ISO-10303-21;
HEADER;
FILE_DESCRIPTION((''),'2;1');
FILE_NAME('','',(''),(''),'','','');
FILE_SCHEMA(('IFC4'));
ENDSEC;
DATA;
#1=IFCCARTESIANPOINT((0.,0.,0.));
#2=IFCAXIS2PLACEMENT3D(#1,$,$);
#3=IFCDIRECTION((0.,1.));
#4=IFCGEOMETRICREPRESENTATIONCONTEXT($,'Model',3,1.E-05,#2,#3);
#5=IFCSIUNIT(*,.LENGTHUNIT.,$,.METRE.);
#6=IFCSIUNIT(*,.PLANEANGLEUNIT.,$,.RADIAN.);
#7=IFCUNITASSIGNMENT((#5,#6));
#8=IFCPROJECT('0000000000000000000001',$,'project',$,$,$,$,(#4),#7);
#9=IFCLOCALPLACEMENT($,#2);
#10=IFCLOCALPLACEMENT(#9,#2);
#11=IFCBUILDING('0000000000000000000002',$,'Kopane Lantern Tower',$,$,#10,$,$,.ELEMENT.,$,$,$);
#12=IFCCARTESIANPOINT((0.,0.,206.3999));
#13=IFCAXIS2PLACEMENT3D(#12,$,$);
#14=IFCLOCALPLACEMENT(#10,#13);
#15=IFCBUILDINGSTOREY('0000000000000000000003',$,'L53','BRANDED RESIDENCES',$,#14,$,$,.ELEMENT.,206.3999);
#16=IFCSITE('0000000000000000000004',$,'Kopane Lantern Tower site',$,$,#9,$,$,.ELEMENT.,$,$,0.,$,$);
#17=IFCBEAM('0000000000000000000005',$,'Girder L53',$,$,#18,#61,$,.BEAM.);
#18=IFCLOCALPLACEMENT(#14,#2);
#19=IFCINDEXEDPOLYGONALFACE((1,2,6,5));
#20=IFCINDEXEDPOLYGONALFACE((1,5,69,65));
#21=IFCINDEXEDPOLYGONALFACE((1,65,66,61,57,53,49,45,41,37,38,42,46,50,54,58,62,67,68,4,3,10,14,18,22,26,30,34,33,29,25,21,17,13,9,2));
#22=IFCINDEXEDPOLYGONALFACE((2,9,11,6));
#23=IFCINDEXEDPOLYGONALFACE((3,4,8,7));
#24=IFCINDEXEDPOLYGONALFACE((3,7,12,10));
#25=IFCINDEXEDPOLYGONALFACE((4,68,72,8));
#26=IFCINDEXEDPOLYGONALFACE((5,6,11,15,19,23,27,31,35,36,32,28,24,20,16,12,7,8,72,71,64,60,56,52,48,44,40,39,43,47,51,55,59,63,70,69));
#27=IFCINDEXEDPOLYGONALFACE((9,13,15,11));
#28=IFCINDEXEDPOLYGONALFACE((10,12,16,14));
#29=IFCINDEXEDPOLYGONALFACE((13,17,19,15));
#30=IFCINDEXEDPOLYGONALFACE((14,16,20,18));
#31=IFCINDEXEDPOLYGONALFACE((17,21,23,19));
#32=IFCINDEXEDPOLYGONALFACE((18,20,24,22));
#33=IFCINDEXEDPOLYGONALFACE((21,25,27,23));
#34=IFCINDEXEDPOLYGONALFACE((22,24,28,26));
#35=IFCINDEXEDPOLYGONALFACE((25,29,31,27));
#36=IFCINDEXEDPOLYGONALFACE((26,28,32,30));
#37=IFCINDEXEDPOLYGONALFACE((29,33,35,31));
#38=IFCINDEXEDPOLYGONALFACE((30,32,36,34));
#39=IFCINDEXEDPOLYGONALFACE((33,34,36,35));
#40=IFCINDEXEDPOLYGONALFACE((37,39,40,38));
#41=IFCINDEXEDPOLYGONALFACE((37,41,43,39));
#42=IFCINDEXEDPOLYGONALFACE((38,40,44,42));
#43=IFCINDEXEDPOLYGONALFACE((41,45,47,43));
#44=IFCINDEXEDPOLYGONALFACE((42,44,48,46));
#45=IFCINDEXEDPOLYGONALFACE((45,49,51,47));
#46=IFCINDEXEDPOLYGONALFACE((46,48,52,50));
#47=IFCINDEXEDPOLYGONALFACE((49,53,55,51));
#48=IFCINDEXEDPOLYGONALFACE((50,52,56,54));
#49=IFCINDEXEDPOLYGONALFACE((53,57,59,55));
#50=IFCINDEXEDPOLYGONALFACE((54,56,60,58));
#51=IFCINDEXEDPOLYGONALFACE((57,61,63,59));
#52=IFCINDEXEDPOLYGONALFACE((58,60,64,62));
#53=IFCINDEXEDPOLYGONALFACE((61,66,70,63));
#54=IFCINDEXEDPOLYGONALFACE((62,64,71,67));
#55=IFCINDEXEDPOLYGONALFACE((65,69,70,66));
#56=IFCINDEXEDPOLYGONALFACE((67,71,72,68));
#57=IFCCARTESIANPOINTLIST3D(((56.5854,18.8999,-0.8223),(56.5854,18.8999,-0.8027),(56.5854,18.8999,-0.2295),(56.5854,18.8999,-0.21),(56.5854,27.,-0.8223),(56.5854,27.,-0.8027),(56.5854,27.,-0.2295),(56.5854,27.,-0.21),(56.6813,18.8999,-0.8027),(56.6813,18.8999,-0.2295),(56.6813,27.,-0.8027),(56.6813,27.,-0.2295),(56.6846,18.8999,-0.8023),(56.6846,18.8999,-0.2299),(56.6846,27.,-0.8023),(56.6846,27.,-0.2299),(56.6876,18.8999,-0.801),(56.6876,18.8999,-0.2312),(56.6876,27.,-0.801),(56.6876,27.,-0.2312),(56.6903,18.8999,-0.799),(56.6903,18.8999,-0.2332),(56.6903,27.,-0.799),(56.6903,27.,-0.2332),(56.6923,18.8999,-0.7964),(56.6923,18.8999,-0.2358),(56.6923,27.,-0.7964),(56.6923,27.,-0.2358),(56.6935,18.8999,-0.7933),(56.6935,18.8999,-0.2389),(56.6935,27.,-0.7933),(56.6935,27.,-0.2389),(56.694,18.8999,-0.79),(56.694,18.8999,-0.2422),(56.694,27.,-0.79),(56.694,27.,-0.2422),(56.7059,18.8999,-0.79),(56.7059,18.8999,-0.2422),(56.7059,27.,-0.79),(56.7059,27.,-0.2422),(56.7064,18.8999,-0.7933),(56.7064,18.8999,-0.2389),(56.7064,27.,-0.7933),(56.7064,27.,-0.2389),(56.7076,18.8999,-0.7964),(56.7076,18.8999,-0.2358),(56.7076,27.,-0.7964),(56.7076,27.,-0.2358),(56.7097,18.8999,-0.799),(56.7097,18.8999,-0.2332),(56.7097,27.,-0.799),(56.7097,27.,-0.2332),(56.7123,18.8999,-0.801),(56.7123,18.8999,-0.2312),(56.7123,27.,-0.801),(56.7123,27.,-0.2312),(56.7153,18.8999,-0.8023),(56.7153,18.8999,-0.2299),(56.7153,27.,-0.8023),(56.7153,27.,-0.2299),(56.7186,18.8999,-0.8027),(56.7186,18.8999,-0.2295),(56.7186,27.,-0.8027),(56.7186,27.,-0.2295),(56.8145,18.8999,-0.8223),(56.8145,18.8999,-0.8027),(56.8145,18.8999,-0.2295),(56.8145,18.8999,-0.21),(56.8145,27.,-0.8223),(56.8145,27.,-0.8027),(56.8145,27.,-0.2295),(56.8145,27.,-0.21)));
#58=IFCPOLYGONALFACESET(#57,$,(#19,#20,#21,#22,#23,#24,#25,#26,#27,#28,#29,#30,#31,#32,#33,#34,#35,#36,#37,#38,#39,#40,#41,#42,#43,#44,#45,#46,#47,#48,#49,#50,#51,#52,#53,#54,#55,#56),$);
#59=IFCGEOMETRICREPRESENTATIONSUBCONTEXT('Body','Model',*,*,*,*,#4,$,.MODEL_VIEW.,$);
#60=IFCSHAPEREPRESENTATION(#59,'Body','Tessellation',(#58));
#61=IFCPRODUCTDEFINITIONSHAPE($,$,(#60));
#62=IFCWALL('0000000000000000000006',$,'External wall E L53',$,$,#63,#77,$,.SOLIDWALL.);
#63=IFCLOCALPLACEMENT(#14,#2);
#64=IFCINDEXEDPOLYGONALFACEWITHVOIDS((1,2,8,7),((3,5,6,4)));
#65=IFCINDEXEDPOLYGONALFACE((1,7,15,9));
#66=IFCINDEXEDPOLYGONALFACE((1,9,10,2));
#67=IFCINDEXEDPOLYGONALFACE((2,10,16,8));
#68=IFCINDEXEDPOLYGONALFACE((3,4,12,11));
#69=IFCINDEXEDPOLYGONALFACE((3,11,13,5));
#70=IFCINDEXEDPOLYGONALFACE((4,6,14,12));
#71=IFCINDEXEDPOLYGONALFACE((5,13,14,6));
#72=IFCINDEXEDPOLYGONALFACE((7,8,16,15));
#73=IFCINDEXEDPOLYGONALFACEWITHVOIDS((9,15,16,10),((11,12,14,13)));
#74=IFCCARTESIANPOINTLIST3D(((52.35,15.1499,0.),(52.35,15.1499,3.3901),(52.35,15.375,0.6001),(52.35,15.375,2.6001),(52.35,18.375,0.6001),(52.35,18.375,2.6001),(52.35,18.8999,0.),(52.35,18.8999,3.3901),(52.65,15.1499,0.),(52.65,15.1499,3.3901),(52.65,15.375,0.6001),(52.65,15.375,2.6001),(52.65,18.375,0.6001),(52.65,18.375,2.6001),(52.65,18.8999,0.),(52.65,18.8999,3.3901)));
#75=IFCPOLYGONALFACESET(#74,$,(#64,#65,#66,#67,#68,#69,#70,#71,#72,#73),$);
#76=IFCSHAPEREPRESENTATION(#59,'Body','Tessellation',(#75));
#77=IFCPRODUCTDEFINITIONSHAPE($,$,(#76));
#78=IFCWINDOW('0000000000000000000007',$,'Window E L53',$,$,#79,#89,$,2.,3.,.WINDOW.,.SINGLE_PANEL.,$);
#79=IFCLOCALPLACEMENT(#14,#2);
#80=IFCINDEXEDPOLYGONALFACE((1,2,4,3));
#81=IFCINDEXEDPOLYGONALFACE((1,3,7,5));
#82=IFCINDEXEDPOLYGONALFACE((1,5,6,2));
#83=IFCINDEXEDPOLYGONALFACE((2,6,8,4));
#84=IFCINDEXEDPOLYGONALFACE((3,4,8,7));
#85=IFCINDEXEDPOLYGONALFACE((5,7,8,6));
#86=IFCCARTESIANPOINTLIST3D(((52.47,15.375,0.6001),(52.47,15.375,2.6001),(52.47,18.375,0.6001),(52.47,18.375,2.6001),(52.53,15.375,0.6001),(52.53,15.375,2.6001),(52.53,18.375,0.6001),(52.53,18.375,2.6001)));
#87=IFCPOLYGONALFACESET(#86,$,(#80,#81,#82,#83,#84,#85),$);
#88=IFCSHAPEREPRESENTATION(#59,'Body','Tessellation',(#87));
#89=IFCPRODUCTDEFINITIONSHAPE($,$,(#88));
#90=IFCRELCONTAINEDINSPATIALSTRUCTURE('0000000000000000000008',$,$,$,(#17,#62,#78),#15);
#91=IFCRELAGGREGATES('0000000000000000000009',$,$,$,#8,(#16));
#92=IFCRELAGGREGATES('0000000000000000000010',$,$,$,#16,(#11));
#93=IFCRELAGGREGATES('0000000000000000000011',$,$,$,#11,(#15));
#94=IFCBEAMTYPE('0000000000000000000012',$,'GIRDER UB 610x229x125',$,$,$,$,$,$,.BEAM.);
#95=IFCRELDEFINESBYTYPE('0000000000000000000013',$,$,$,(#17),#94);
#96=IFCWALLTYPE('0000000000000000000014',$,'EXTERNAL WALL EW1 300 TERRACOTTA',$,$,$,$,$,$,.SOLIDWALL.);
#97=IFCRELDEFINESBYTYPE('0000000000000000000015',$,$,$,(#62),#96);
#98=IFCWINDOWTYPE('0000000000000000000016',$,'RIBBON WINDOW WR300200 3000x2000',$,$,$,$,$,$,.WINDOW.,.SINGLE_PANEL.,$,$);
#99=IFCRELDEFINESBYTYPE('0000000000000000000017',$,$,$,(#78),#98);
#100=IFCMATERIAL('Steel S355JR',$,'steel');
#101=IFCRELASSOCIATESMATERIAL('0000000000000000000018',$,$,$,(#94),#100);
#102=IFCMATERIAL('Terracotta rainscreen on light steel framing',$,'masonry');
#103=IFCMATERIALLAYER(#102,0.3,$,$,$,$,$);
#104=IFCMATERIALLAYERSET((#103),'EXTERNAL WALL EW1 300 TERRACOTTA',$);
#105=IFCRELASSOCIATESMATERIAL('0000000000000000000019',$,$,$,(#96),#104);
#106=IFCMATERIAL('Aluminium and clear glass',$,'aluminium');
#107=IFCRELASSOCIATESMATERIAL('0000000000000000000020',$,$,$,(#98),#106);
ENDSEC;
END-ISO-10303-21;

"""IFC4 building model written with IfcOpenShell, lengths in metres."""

from ifc_helpers import new_model, si_unit, direction, frame, frame_2d, origin, origin_2d, place, context, subcontext, project, spatial, rectangle, i_section, extrude, material, layer, layer_set, material_profile, profile_set, type_object, element, fill, save


model = new_model("IFC4")

# Units and contexts
model_context = context("Model", 3, precision=1e-05, world=origin(), true_north=direction((0.0, 1.0)))
body_context = subcontext(model_context, "Body", "Model", "MODEL_VIEW")
ifc_project = project(units=[si_unit("LENGTHUNIT", "METRE"), si_unit("PLANEANGLEUNIT", "RADIAN")], contexts=[model_context])

# Site, building, storey
site_placement = place(None, origin())
site = spatial("IfcSite", under=ifc_project, at=site_placement, Name="Kopane Lantern Tower site", CompositionType="ELEMENT", RefElevation=0.0)
building_placement = place(site_placement, origin())
building = spatial("IfcBuilding", under=site, at=building_placement, Name="Kopane Lantern Tower", CompositionType="ELEMENT")
storey_placement = place(building_placement, frame((0.0, 0.0, 206.3999)))
storey = spatial("IfcBuildingStorey", under=building, at=storey_placement, Name="L53", Description="BRANDED RESIDENCES", CompositionType="ELEMENT", Elevation=206.3999)

# Beam
ifc_material_1 = material(Name="Steel S355JR", Category="steel")
ifc_material_profile_1 = material_profile(ifc_material_1, i_section(OverallWidth=0.229, OverallDepth=0.6123, WebThickness=0.012, FlangeThickness=0.0195, FilletRadius=0.0127, at=origin_2d()), Name="UB 610x229x125")
ifc_profile_set_1 = profile_set([ifc_material_profile_1], Name="Steel S355JR")
beam_type_1 = type_object("IfcBeamType", Name="GIRDER UB 610x229x125", PredefinedType="BEAM", material=ifc_profile_set_1)
beam_1_placement = place(storey_placement, frame((56.7, 18.8999, -0.5161), z_axis=(0.0, 1.0, 0.0), x_axis=(-1.0, 0.0, 0.0)))
element("IfcBeam", 1, at=beam_1_placement, inside=storey, type_object=beam_type_1, Name="Girder L53", PredefinedType="BEAM", context=body_context, shape_type="SweptSolid", body=[
    extrude(i_section(OverallWidth=0.229, OverallDepth=0.6123, WebThickness=0.012, FlangeThickness=0.0195, FilletRadius=0.0127, at=origin_2d()), origin(), (0.0, 0.0, 1.0), 8.1001),
])

# Wall, opening, window
ifc_material_2 = material(Name="Terracotta rainscreen on light steel framing", Category="masonry")
ifc_layer = layer(ifc_material_2, 0.3)
ifc_layer_set = layer_set([ifc_layer], Name="EXTERNAL WALL EW1 300 TERRACOTTA")
wall_type = type_object("IfcWallType", Name="EXTERNAL WALL EW1 300 TERRACOTTA", PredefinedType="SOLIDWALL", material=ifc_layer_set)
wall_placement = place(storey_placement, frame((52.5, 15.1499, 0.0), z_axis=(0.0, 0.0, 1.0), x_axis=(0.0, 1.0, 0.0)))
wall = element("IfcWall", 2, at=wall_placement, inside=storey, type_object=wall_type, Name="External wall E L53", PredefinedType="SOLIDWALL", context=body_context, shape_type="SweptSolid", body=[
    extrude(rectangle(XDim=3.75, YDim=0.3, at=frame_2d((1.875, 0.0))), origin(), (0.0, 0.0, 1.0), 3.3901),
])
opening_placement = place(wall_placement, frame((0.2251, 0.0, 0.6001)))
opening = element("IfcOpeningElement", 3, at=opening_placement, cuts=wall, PredefinedType="OPENING", context=body_context, shape_type="SweptSolid", body=[
    extrude(rectangle(XDim=3.0, YDim=2.0, at=frame_2d((1.5, 1.0))), frame((0.0, 0.1599, 0.0), z_axis=(0.0, -1.0, 0.0), x_axis=(1.0, 0.0, 0.0)), (0.0, 0.0, 1.0), 0.3201),
])
ifc_material_3 = material(Name="Aluminium and clear glass", Category="aluminium")
window_type = type_object("IfcWindowType", Name="RIBBON WINDOW WR300200 3000x2000", PartitioningType="SINGLE_PANEL", PredefinedType="WINDOW", material=ifc_material_3)
window_placement = place(opening_placement, origin())
window = element("IfcWindow", 4, at=window_placement, inside=storey, type_object=window_type, Name="Window E L53", OverallHeight=2.0, OverallWidth=3.0, PartitioningType="SINGLE_PANEL", PredefinedType="WINDOW", context=body_context, shape_type="SweptSolid", body=[
    extrude(rectangle(XDim=3.0, YDim=2.0, at=frame_2d((1.5, 1.0))), frame((0.0, 0.03, 0.0), z_axis=(0.0, -1.0, 0.0), x_axis=(1.0, 0.0, 0.0)), (0.0, 0.0, 1.0), 0.0601),
])
fill(opening, window)

save(model, "model.ifc")
